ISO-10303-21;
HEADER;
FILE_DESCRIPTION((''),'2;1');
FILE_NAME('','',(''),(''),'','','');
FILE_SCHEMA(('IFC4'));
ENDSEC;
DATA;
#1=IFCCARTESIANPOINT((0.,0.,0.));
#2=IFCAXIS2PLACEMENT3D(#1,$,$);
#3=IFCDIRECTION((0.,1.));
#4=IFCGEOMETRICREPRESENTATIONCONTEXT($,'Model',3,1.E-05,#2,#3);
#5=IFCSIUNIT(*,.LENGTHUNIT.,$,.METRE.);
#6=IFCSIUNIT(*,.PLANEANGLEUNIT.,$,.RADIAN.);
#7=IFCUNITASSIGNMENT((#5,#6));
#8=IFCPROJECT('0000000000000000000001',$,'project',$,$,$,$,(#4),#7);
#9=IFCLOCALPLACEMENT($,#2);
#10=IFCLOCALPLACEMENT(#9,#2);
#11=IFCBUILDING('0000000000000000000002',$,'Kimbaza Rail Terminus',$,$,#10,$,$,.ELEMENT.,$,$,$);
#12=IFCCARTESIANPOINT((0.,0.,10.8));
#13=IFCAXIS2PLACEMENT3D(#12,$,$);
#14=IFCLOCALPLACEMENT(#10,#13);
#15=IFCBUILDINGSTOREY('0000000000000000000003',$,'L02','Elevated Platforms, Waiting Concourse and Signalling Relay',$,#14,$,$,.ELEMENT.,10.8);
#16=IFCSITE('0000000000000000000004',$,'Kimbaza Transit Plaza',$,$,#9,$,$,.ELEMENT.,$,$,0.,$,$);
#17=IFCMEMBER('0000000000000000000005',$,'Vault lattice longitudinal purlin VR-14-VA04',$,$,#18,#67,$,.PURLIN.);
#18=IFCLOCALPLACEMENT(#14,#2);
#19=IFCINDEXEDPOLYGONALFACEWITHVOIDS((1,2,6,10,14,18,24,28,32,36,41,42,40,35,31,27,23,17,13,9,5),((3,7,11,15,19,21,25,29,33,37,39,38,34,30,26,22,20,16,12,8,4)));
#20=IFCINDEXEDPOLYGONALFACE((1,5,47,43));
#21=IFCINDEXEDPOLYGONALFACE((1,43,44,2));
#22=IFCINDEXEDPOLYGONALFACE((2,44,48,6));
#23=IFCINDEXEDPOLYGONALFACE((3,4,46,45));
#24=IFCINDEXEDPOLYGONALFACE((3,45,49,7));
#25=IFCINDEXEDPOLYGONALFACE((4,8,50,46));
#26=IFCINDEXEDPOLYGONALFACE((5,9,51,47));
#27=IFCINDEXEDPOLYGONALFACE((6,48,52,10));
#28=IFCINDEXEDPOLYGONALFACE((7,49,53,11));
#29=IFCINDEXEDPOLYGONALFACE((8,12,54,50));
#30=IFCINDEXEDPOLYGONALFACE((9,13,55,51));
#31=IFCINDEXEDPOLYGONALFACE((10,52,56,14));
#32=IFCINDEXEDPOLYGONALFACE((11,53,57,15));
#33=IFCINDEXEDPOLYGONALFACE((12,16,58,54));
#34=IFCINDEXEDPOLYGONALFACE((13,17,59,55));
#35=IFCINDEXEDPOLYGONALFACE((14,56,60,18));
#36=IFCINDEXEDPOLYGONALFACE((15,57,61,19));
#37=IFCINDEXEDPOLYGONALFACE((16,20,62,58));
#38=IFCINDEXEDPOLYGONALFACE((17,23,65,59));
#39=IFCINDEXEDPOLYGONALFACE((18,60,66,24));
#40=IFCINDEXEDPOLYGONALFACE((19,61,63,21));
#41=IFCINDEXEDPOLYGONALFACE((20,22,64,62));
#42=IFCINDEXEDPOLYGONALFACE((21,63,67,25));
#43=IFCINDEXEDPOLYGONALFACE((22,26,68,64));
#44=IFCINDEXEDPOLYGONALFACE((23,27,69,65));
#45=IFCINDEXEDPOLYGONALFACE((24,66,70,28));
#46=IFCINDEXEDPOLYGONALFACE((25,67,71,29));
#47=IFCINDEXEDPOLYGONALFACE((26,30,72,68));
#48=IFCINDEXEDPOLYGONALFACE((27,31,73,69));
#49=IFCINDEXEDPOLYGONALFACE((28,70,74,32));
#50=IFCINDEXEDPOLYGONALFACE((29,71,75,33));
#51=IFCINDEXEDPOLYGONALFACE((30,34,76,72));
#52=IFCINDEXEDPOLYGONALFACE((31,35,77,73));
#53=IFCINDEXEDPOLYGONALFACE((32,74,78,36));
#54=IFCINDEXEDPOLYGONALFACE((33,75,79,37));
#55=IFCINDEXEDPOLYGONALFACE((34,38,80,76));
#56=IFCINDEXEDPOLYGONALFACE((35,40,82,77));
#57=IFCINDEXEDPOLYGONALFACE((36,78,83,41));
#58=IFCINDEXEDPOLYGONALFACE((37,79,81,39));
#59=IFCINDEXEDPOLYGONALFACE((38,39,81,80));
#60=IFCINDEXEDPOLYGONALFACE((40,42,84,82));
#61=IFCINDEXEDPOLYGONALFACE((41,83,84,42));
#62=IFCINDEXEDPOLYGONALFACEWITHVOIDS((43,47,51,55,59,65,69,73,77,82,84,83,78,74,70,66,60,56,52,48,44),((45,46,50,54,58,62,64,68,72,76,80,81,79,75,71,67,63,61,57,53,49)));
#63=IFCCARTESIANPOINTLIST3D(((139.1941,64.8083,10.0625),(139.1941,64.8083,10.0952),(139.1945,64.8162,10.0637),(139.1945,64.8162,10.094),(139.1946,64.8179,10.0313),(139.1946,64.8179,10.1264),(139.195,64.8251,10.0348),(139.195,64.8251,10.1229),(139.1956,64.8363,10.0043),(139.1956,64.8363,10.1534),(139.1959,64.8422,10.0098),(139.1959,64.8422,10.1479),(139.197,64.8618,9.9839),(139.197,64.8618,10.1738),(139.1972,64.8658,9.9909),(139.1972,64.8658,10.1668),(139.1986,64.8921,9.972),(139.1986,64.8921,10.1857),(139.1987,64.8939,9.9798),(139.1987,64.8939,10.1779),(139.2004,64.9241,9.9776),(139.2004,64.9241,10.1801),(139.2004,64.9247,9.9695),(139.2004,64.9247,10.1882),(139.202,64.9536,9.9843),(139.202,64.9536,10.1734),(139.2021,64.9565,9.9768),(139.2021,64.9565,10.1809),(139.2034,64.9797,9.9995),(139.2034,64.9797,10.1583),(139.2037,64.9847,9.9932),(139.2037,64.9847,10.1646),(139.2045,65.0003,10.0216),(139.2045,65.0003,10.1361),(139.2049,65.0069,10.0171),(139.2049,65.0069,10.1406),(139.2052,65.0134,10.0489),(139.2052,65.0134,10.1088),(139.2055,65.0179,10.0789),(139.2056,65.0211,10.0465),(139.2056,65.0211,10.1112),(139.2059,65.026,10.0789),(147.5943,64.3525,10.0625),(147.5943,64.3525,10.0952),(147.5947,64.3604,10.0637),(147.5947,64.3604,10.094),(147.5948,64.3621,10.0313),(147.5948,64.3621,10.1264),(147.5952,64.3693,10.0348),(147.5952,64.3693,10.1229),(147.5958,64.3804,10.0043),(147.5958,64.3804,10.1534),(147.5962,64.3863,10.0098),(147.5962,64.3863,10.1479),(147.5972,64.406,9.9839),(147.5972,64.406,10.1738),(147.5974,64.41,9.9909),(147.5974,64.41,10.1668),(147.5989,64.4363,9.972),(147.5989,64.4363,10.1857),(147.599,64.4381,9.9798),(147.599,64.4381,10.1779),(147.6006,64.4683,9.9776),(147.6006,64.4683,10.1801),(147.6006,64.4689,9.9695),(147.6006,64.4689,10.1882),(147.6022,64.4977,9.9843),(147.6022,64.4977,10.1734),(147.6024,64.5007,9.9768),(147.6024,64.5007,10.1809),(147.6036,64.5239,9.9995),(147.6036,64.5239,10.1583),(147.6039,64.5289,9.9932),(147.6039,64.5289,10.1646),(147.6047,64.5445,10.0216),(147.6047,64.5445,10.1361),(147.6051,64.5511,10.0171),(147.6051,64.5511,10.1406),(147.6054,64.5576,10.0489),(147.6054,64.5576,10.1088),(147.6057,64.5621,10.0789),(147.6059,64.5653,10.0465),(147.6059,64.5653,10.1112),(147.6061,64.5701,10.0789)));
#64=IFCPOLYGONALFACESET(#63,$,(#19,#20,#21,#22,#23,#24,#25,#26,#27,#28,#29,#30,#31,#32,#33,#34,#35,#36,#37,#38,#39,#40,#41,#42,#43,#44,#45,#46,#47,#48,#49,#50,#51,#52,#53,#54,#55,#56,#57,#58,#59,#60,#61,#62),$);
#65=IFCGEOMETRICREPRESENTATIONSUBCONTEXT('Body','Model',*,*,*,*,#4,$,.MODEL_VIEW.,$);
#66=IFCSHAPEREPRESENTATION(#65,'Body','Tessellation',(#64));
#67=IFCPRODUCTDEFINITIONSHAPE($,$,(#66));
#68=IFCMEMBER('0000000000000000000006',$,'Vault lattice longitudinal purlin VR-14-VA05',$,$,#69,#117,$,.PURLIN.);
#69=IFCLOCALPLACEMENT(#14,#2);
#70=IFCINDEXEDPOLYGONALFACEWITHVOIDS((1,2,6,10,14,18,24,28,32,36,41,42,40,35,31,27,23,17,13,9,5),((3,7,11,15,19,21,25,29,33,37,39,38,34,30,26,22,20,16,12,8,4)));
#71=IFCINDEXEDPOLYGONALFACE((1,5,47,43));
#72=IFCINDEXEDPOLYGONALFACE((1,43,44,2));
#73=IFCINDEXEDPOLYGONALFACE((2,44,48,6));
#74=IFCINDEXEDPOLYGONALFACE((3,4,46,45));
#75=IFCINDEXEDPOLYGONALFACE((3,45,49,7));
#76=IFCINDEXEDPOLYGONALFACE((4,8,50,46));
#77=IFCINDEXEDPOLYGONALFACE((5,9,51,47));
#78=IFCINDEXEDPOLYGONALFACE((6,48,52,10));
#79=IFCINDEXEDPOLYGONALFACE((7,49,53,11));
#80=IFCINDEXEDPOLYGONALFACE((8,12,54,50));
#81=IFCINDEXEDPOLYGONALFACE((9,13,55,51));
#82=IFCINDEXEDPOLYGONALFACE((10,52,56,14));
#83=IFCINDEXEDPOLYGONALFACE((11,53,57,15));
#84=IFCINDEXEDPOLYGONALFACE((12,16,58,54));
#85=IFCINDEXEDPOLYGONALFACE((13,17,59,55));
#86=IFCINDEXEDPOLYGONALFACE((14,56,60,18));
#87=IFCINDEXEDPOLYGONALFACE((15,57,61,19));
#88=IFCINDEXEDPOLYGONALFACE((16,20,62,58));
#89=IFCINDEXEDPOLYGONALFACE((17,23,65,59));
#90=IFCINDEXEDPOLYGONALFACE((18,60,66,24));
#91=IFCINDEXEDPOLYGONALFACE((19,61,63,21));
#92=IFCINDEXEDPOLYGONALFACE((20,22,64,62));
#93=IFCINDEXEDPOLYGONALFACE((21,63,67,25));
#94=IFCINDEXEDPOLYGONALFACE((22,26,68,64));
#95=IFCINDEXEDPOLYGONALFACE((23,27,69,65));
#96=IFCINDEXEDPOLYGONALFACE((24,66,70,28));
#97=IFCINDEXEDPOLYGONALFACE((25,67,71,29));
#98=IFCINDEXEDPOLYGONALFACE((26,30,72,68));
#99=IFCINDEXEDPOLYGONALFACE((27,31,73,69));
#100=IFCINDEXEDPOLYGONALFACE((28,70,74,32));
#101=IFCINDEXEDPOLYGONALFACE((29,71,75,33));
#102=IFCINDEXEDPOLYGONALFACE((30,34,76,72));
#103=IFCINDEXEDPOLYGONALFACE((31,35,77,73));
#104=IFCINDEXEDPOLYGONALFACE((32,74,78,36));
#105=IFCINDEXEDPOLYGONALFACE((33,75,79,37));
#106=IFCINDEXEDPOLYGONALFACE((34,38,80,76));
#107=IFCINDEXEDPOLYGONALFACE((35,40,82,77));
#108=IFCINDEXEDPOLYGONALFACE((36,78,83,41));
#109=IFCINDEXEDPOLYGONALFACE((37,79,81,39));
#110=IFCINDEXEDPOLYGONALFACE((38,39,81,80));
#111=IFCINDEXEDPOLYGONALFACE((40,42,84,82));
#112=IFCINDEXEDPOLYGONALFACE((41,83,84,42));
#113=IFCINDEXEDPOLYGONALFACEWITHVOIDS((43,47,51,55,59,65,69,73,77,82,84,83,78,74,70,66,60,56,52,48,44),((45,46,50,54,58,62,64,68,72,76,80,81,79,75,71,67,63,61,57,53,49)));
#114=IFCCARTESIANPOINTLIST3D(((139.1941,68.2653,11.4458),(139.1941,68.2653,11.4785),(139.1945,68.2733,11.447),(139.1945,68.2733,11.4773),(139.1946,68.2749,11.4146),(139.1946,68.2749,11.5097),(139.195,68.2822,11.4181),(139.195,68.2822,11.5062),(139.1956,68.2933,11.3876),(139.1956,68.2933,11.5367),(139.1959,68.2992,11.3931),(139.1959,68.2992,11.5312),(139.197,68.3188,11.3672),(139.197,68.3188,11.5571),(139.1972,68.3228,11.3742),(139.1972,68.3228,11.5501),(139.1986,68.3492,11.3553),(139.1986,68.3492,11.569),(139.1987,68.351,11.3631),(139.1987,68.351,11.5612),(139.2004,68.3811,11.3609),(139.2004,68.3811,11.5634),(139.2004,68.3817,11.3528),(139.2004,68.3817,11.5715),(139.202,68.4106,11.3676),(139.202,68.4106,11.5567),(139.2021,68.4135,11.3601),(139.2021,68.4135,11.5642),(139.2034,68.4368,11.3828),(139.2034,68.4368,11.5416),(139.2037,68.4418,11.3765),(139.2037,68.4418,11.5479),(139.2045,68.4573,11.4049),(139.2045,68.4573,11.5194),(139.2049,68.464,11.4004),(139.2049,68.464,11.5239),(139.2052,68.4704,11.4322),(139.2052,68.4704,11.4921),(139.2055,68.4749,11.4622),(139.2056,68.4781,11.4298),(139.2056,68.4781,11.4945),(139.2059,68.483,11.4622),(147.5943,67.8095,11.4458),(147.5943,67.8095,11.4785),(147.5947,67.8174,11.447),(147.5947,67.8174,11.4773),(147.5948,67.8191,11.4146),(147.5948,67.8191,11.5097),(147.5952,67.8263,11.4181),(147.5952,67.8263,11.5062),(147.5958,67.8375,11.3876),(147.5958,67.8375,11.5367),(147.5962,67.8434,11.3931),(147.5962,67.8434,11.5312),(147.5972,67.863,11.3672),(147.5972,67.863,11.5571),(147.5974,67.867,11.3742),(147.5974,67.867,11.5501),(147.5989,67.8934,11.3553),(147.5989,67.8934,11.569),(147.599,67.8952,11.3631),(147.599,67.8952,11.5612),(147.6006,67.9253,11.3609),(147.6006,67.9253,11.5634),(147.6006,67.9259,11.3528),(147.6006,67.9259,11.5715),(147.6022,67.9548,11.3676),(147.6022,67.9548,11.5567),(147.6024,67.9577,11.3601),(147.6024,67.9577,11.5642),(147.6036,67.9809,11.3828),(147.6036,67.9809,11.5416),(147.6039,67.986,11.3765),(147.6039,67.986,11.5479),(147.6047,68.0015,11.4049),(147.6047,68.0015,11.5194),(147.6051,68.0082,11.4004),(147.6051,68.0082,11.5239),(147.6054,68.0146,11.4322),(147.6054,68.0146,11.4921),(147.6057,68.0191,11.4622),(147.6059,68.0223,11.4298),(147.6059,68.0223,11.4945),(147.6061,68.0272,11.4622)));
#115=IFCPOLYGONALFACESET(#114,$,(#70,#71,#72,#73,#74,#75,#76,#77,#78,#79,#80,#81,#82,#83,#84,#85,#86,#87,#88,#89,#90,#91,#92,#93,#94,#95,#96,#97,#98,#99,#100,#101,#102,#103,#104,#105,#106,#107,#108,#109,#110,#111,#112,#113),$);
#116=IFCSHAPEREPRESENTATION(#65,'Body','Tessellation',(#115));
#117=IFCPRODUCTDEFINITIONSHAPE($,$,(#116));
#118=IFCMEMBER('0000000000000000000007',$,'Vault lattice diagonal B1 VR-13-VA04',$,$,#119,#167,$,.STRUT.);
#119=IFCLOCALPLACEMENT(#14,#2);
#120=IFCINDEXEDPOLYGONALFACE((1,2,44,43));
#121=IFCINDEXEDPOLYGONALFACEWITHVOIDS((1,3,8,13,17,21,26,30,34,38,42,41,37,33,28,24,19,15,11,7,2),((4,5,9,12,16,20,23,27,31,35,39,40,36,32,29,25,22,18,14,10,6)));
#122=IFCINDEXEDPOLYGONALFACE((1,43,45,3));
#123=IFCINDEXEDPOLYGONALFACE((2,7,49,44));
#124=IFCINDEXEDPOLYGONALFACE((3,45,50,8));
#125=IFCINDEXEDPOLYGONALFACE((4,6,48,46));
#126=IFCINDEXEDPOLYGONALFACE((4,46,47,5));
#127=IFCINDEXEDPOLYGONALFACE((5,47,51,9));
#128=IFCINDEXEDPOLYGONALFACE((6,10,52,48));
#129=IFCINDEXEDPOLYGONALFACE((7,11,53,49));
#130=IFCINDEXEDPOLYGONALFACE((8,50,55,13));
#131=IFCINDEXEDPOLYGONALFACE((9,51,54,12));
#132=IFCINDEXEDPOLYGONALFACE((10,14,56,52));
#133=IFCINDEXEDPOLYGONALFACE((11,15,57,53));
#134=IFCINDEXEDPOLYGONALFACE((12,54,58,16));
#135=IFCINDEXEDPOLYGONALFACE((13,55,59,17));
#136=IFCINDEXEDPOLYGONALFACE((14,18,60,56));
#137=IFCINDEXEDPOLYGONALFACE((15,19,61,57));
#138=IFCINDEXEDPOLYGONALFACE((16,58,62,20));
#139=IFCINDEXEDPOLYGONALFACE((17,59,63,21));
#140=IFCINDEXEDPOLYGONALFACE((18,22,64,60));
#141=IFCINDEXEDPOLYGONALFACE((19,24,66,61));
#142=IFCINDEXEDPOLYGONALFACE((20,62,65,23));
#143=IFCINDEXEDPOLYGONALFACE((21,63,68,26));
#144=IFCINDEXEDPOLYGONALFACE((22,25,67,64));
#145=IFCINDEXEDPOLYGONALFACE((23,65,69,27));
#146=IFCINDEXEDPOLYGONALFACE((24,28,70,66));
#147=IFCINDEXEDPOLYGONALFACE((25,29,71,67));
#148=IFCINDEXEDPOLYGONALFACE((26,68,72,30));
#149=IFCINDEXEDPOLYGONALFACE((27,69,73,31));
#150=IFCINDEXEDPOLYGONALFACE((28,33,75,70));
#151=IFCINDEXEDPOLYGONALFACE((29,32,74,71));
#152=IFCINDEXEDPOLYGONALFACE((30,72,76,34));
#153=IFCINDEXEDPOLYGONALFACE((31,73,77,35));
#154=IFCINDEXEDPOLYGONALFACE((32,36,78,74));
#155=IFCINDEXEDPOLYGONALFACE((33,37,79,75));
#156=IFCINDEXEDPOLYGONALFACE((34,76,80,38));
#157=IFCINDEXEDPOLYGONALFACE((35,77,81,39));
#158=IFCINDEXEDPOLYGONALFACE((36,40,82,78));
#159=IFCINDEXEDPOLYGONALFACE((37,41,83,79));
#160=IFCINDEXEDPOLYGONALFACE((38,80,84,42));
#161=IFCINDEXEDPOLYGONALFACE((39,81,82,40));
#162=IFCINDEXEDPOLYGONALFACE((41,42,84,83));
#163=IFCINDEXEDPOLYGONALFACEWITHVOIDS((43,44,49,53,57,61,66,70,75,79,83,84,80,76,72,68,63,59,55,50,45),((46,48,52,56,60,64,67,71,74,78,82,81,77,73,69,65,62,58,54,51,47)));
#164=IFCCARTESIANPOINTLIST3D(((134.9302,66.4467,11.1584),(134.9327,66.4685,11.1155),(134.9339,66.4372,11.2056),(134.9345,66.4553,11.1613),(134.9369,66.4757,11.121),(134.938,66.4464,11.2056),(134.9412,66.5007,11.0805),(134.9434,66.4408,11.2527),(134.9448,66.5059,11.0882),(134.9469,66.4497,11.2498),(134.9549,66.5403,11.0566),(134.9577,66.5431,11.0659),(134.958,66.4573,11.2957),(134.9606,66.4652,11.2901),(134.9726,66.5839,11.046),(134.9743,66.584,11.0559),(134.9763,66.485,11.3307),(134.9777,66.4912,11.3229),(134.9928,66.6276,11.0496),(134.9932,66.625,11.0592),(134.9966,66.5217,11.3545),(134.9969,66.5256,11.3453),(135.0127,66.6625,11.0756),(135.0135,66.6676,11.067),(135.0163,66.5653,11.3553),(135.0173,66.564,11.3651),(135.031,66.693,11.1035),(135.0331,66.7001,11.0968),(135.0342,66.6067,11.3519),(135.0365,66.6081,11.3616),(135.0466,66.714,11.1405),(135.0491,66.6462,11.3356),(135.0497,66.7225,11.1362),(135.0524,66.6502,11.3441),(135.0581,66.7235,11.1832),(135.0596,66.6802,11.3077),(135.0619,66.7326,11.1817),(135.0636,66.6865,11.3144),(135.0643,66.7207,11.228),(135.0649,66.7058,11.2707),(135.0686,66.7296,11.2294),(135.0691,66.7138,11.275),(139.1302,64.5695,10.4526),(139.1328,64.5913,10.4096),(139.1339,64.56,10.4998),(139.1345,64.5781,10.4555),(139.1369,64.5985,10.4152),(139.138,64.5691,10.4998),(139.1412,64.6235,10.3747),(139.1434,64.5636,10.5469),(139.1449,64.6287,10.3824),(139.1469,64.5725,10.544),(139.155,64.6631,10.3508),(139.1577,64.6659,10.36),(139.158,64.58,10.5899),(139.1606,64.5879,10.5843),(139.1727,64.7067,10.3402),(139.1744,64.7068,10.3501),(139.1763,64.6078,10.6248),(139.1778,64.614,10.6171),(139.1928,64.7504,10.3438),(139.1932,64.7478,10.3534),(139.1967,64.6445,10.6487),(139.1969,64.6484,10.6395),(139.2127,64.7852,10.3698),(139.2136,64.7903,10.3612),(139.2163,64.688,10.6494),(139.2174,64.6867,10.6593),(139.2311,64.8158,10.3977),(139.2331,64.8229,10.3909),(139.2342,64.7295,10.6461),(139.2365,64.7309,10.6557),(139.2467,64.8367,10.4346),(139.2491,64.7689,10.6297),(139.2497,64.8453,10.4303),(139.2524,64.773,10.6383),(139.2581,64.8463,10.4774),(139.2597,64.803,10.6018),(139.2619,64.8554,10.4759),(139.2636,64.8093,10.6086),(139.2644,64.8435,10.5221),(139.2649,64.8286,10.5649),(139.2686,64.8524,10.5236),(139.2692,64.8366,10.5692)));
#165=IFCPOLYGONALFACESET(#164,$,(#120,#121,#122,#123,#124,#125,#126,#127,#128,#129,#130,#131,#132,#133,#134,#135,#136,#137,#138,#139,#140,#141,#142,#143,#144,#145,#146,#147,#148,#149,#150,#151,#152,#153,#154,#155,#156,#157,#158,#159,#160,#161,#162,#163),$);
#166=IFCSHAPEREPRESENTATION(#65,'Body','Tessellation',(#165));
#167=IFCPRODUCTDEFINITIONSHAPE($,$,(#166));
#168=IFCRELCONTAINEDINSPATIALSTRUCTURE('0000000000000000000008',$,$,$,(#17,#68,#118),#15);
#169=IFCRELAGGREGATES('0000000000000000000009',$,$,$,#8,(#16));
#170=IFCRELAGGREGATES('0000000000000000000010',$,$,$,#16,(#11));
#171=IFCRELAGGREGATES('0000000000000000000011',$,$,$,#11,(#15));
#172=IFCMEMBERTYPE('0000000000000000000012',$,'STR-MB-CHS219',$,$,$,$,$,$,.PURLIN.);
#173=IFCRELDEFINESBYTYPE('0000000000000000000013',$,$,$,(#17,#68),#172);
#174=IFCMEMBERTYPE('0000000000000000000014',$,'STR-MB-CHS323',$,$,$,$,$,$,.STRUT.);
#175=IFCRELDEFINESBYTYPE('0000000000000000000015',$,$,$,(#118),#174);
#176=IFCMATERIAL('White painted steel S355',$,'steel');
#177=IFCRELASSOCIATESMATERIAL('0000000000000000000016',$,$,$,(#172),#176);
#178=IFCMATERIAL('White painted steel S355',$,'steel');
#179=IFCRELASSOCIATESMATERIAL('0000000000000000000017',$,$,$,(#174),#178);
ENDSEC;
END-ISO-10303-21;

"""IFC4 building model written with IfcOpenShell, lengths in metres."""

from ifc_helpers import new_model, si_unit, direction, frame, origin, origin_2d, place, context, subcontext, project, spatial, hollow_circle, extrude, material, material_profile, profile_set, type_object, element, save


model = new_model("IFC4")

# Units and contexts
model_context = context("Model", 3, precision=1e-05, world=origin(), true_north=direction((0.0, 1.0)))
body_context = subcontext(model_context, "Body", "Model", "MODEL_VIEW")
ifc_project = project(units=[si_unit("LENGTHUNIT", "METRE"), si_unit("PLANEANGLEUNIT", "RADIAN")], contexts=[model_context])

# Site, building, storey
site_placement = place(None, origin())
site = spatial("IfcSite", under=ifc_project, at=site_placement, Name="Kimbaza Transit Plaza", CompositionType="ELEMENT", RefElevation=0.0)
building_placement = place(site_placement, origin())
building = spatial("IfcBuilding", under=site, at=building_placement, Name="Kimbaza Rail Terminus", CompositionType="ELEMENT")
storey_placement = place(building_placement, frame((0.0, 0.0, 10.8)))
storey = spatial("IfcBuildingStorey", under=building, at=storey_placement, Name="L02", Description="Elevated Platforms, Waiting Concourse and Signalling Relay", CompositionType="ELEMENT", Elevation=10.8)

# Members
ifc_material_1 = material(Name="White painted steel S355", Category="steel")
ifc_material_profile_1 = material_profile(ifc_material_1, hollow_circle(Radius=0.1096, WallThickness=0.0081, at=origin_2d()), Name="CHS 219.1x8")
ifc_profile_set_1 = profile_set([ifc_material_profile_1], Name="White painted steel S355")
member_type_1 = type_object("IfcMemberType", Name="STR-MB-CHS219", PredefinedType="PURLIN", material=ifc_profile_set_1)
for number, where, z_axis, x_axis, name in (
    (1, (139.2, 64.9165, 10.0789), (0.998531, -0.054183, 0.0), (0.054183, 0.998531, 0.0), "Vault lattice longitudinal purlin VR-14-VA04"),
    (2, (139.2, 68.3735, 11.4622), (0.998531, -0.054183, 0.0), (0.054183, 0.998531, 0.0), "Vault lattice longitudinal purlin VR-14-VA05"),
):
    element("IfcMember", number, at=place(storey_placement, frame(where, z_axis=z_axis, x_axis=x_axis)), inside=storey, type_object=member_type_1, Name=name, PredefinedType="PURLIN", context=body_context, shape_type="SweptSolid", body=[
        extrude(hollow_circle(Radius=0.1096, WallThickness=0.0081, at=origin_2d()), origin(), (0.0, 0.0, 1.0), 8.4126),
    ])
ifc_material_2 = material(Name="White painted steel S355", Category="steel")
ifc_material_profile_2 = material_profile(ifc_material_2, hollow_circle(Radius=0.1619, WallThickness=0.01, at=origin_2d()), Name="CHS 323.9x10")
ifc_profile_set_2 = profile_set([ifc_material_profile_2], Name="White painted steel S355")
member_type_2 = type_object("IfcMemberType", Name="STR-MB-CHS323", PredefinedType="STRUT", material=ifc_profile_set_2)
member_1_placement = place(storey_placement, frame((139.2, 64.7078, 10.4998), z_axis=(-0.902399, 0.403334, 0.15165), x_axis=(-0.408053, -0.912958, 0.0)))
element("IfcMember", 3, at=member_1_placement, inside=storey, type_object=member_type_2, Name="Vault lattice diagonal B1 VR-13-VA04", PredefinedType="STRUT", context=body_context, shape_type="SweptSolid", body=[
    extrude(hollow_circle(Radius=0.1619, WallThickness=0.01, at=origin_2d()), origin(), (0.0, 0.0, 1.0), 4.6543),
])

save(model, "model.ifc")
